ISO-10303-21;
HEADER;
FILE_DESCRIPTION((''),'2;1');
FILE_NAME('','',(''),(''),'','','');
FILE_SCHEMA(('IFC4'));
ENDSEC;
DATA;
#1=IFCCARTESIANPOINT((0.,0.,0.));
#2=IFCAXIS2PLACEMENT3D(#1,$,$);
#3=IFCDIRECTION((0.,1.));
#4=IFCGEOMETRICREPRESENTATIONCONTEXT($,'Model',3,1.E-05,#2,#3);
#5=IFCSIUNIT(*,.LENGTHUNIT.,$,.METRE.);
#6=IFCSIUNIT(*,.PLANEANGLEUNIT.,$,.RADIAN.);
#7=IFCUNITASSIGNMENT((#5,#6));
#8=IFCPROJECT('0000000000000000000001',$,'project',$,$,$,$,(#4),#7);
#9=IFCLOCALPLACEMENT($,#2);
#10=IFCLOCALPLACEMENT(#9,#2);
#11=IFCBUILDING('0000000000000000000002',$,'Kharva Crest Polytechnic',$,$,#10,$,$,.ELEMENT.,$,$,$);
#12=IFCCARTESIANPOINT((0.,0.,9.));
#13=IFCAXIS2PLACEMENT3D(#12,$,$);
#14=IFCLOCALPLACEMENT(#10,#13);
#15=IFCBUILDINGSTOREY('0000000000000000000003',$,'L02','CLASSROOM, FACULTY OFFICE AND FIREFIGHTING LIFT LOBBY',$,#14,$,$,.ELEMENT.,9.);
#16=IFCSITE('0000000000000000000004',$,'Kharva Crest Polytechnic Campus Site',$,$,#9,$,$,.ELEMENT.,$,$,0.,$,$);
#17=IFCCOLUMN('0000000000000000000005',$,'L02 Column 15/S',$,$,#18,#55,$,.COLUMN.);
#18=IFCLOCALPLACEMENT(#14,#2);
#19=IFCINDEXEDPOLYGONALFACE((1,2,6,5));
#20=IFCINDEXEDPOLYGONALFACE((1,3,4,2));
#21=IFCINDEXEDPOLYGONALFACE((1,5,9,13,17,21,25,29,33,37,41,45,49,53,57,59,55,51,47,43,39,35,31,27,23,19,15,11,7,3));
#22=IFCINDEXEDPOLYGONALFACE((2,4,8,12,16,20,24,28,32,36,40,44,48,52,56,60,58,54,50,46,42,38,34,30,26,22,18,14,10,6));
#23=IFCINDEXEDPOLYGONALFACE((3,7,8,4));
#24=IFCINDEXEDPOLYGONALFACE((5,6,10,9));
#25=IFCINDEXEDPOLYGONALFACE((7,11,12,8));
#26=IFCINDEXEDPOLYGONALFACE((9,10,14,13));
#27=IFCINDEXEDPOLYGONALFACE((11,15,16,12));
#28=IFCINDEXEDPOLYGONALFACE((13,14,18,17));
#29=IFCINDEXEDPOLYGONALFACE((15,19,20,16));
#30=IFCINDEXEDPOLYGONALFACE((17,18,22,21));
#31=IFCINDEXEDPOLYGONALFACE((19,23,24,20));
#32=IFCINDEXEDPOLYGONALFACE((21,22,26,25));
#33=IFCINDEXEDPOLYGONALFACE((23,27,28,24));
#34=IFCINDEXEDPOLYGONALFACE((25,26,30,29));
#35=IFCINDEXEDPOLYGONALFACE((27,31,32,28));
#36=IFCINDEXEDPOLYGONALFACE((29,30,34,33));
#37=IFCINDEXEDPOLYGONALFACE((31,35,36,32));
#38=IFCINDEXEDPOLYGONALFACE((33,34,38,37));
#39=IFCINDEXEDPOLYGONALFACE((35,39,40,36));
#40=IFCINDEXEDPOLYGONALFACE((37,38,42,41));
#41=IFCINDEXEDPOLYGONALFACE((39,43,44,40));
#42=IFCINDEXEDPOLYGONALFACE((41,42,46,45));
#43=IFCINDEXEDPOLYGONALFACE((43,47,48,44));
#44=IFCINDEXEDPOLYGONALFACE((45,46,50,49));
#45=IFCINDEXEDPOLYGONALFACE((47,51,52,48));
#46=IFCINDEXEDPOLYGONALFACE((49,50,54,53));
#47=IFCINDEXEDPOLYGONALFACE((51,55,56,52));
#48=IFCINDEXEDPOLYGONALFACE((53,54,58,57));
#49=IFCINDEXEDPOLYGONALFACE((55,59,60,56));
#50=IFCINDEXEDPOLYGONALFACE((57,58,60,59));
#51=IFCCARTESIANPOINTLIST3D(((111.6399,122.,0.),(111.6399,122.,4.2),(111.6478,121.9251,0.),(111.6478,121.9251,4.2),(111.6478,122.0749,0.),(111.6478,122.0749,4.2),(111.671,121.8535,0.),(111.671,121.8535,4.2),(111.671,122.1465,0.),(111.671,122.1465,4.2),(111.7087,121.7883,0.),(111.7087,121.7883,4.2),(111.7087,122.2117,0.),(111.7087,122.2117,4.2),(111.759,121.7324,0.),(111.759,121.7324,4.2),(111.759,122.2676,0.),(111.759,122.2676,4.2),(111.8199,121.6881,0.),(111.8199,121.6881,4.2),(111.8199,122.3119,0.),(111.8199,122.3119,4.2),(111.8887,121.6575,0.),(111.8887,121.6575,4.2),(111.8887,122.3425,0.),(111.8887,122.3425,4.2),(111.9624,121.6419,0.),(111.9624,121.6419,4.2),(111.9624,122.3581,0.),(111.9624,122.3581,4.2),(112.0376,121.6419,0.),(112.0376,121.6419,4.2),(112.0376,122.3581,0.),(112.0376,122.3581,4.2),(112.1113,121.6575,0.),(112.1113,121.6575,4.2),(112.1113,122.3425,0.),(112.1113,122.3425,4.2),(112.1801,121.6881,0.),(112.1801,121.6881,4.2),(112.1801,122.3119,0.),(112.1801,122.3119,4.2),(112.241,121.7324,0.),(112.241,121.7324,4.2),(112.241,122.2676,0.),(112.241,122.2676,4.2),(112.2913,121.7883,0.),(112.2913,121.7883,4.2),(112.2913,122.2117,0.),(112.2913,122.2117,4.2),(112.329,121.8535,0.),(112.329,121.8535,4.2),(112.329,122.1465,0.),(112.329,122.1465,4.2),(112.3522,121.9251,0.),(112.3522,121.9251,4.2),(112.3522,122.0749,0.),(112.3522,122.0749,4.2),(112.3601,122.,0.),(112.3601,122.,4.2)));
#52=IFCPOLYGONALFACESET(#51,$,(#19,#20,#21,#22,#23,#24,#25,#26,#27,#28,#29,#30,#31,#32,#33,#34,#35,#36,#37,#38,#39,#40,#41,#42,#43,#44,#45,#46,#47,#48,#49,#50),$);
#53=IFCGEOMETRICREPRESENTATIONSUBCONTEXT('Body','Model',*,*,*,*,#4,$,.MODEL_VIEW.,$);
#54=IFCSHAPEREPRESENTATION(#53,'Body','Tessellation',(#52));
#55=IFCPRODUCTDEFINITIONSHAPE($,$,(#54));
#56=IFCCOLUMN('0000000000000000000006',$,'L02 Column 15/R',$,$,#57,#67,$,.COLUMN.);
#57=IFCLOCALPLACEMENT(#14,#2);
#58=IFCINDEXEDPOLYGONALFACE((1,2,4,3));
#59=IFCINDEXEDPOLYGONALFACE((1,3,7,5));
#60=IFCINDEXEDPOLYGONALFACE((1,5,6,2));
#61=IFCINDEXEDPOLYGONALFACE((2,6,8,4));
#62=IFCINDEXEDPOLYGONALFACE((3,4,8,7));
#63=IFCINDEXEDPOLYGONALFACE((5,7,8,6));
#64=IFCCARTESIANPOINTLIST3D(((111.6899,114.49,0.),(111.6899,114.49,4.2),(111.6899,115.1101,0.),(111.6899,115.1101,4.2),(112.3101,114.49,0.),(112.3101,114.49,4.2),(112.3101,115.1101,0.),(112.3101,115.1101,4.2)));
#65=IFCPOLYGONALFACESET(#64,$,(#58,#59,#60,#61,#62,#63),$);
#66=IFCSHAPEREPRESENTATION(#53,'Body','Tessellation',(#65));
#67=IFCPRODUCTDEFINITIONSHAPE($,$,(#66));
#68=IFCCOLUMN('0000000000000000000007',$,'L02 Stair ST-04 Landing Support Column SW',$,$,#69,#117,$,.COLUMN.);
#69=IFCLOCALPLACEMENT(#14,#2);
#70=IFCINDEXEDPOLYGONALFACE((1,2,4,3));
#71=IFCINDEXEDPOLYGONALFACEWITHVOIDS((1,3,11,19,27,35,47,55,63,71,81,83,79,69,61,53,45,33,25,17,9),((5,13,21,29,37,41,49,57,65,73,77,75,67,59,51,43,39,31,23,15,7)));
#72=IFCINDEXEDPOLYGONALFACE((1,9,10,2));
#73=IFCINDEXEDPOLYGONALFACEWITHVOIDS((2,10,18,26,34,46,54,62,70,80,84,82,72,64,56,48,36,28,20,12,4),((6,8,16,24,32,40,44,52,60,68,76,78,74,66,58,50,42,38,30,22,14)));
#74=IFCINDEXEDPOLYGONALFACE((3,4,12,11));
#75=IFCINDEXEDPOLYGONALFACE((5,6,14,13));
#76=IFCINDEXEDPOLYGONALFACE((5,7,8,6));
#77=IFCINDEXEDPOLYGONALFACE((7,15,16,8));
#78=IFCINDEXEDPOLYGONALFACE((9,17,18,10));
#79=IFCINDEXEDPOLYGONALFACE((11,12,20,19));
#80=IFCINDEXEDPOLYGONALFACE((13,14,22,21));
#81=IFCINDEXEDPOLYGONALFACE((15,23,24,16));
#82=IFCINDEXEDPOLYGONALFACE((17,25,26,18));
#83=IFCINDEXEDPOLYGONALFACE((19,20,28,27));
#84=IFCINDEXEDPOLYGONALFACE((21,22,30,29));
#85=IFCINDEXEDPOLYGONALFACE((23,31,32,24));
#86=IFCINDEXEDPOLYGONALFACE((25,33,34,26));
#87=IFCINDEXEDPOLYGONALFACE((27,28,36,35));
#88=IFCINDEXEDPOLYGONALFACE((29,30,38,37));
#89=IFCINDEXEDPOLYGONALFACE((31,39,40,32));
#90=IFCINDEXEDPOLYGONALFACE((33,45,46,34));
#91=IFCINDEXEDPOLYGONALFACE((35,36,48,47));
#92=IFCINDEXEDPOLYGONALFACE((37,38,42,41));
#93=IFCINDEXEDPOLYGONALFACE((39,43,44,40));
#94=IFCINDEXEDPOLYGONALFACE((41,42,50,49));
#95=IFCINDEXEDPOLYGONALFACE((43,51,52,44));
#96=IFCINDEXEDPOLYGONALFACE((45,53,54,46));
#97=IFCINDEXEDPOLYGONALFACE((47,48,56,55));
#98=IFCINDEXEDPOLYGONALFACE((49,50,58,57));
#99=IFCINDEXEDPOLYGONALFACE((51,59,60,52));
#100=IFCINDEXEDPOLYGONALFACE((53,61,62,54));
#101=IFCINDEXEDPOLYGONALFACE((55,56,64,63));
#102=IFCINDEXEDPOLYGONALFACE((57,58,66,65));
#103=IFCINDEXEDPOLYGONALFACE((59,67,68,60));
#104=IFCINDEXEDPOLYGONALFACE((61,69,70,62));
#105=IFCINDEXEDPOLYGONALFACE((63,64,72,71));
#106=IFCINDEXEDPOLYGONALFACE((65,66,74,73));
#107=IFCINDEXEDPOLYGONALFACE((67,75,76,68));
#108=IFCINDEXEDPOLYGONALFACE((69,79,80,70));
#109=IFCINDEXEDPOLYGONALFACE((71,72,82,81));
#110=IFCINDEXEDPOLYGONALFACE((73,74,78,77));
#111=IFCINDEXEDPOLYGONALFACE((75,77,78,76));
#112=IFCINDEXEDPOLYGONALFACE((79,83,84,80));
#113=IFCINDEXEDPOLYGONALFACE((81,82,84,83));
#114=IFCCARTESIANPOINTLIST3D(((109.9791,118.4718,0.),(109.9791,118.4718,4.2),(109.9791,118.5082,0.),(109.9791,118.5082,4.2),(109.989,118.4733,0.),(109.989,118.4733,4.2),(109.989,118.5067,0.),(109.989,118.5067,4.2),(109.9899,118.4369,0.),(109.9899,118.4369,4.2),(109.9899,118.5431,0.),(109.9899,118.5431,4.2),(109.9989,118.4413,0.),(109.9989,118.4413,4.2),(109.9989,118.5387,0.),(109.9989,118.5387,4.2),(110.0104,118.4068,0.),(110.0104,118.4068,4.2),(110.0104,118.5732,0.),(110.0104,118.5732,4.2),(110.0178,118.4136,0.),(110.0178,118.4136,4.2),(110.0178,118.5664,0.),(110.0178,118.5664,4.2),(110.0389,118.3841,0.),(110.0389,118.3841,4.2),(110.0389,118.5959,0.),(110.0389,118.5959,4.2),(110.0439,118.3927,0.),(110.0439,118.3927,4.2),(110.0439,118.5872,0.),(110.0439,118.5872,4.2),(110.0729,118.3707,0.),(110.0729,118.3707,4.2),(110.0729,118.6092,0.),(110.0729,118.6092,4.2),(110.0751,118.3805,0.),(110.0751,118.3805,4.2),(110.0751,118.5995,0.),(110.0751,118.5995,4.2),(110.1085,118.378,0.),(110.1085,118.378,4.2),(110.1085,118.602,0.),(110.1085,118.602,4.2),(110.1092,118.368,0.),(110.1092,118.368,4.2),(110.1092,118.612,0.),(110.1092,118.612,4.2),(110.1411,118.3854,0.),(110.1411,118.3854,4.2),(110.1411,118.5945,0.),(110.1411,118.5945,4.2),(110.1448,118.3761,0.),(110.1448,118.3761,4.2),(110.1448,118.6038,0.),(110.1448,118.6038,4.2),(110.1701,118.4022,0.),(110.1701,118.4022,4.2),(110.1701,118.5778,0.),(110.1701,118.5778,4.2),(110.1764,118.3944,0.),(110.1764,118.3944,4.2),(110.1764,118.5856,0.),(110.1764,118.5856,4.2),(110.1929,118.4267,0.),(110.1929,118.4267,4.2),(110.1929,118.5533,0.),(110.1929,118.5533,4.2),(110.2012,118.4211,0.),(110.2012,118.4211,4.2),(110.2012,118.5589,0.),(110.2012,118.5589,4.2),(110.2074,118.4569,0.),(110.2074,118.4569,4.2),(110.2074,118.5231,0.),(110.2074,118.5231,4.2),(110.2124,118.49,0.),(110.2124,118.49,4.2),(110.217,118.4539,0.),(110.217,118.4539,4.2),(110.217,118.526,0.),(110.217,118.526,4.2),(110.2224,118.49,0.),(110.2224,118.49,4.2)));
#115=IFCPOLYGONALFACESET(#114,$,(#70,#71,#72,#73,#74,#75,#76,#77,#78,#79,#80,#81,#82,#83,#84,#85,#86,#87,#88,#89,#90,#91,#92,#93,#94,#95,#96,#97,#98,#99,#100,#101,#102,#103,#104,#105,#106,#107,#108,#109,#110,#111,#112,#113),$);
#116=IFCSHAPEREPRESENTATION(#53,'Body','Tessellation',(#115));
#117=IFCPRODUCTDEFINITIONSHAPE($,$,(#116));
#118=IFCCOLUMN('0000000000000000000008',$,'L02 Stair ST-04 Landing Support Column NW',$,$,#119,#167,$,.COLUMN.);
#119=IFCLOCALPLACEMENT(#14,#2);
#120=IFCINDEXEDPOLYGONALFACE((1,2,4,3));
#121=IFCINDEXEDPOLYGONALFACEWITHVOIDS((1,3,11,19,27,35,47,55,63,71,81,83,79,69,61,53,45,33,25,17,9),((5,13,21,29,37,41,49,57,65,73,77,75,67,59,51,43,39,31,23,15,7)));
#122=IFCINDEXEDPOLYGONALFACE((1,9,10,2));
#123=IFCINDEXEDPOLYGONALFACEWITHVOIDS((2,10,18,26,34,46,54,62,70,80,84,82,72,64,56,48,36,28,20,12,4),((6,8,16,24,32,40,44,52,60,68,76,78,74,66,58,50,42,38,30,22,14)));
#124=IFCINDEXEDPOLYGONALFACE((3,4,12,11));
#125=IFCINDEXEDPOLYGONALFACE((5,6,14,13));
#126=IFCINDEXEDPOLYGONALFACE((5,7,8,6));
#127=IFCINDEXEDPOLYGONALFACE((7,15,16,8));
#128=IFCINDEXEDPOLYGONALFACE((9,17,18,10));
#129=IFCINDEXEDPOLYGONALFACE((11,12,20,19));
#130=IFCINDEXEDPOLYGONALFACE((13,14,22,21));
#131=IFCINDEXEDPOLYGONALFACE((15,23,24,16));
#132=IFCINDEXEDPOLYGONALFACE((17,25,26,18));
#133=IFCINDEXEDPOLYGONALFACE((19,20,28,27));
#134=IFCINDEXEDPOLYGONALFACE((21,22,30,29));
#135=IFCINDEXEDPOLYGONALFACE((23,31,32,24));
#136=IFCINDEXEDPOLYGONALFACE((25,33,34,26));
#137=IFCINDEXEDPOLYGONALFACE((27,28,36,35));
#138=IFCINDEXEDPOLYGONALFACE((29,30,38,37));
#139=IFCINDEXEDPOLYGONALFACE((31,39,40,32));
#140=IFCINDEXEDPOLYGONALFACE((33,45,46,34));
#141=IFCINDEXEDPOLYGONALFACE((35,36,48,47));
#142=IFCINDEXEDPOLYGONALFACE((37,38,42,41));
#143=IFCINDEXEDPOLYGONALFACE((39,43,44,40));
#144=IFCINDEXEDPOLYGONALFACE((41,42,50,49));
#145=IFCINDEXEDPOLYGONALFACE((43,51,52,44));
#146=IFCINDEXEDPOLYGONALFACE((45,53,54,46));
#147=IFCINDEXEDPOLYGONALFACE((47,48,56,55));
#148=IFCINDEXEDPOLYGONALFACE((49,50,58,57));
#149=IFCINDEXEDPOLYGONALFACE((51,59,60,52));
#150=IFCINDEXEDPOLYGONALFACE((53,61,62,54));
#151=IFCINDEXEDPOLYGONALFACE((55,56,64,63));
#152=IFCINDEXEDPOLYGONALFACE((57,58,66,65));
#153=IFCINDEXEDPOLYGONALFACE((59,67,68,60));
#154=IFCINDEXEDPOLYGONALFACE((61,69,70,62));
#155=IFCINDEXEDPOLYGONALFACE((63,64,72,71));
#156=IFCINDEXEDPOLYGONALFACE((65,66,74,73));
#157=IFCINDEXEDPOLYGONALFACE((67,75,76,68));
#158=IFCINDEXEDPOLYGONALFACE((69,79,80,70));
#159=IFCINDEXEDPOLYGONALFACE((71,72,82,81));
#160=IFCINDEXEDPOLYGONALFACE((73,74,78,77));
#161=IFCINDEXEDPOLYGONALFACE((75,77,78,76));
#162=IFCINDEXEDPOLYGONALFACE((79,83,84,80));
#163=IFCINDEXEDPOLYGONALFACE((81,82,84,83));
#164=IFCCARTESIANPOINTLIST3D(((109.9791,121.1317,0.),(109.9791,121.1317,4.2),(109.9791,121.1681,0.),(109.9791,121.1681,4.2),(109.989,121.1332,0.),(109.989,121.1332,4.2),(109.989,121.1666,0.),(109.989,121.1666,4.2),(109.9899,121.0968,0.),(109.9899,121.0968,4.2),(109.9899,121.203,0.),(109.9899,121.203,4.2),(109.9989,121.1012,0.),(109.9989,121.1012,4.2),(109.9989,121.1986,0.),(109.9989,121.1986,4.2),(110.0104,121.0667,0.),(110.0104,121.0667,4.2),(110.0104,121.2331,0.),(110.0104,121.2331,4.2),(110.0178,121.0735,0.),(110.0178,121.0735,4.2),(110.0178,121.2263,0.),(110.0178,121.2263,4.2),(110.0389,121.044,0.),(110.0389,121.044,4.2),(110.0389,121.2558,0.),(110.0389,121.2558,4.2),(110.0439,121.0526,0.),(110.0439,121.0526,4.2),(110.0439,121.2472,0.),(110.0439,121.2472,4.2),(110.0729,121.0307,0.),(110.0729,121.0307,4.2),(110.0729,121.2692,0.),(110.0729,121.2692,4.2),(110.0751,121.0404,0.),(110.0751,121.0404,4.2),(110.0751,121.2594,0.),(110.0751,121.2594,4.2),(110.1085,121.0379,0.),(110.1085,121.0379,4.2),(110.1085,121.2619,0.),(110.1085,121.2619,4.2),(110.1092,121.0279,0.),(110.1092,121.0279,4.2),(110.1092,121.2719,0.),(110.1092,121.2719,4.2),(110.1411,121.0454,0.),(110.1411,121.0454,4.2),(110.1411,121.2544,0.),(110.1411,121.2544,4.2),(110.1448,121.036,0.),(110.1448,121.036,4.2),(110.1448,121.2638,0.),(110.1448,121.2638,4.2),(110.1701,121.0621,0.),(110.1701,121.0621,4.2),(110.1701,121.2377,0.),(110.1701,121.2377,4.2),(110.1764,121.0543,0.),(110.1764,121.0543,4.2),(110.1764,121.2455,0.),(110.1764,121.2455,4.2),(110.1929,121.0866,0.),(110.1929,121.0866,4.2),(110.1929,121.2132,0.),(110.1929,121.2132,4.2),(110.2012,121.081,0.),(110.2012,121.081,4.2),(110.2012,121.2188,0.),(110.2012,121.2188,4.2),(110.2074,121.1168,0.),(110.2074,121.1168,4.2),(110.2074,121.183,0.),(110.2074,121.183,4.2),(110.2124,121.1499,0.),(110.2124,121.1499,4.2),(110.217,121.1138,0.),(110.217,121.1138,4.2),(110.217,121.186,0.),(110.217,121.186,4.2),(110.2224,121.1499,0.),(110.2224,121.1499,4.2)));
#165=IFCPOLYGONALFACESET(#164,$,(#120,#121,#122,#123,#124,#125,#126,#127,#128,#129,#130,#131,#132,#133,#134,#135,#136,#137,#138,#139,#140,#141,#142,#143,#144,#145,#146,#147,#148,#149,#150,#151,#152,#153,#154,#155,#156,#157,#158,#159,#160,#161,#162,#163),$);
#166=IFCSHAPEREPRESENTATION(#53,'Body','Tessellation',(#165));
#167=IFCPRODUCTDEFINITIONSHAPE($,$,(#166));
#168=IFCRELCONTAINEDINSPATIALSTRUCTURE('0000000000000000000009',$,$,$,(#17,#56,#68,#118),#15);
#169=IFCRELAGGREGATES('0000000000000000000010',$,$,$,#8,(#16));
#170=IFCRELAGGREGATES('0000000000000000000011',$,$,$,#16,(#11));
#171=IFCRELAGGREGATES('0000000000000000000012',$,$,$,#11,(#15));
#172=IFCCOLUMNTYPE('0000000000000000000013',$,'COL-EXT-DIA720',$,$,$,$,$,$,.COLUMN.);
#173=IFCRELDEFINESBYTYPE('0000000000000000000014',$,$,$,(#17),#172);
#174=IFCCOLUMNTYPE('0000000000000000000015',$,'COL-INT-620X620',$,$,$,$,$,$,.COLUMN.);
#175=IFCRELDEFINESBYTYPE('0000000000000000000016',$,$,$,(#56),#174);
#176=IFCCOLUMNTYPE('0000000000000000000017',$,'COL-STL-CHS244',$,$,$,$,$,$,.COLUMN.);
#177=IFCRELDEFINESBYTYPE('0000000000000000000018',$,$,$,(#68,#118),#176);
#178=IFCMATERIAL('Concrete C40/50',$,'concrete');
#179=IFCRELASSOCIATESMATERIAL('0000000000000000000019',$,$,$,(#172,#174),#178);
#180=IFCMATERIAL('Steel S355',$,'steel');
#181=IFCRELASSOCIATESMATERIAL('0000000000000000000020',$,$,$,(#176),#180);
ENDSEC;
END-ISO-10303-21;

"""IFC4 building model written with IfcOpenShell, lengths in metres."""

from ifc_helpers import new_model, si_unit, direction, frame, origin, origin_2d, place, context, subcontext, project, spatial, rectangle, circle, hollow_circle, extrude, material, material_profile, profile_set, type_object, element, save


model = new_model("IFC4")

# Units and contexts
model_context = context("Model", 3, precision=1e-05, world=origin(), true_north=direction((0.0, 1.0)))
body_context = subcontext(model_context, "Body", "Model", "MODEL_VIEW")
ifc_project = project(units=[si_unit("LENGTHUNIT", "METRE"), si_unit("PLANEANGLEUNIT", "RADIAN")], contexts=[model_context])

# Site, building, storey
site_placement = place(None, origin())
site = spatial("IfcSite", under=ifc_project, at=site_placement, Name="Kharva Crest Polytechnic Campus Site", CompositionType="ELEMENT", RefElevation=0.0)
building_placement = place(site_placement, origin())
building = spatial("IfcBuilding", under=site, at=building_placement, Name="Kharva Crest Polytechnic", CompositionType="ELEMENT")
storey_placement = place(building_placement, frame((0.0, 0.0, 9.0)))
storey = spatial("IfcBuildingStorey", under=building, at=storey_placement, Name="L02", Description="CLASSROOM, FACULTY OFFICE AND FIREFIGHTING LIFT LOBBY", CompositionType="ELEMENT", Elevation=9.0)

# Columns
ifc_material_1 = material(Name="Concrete C40/50", Category="concrete")
ifc_material_profile_1 = material_profile(ifc_material_1, circle(Radius=0.3601, at=origin_2d()), Name="DIA 720")
ifc_profile_set_1 = profile_set([ifc_material_profile_1], Name="Concrete C40/50")
column_type_1 = type_object("IfcColumnType", Name="COL-EXT-DIA720", PredefinedType="COLUMN", material=ifc_profile_set_1)
column_1_placement = place(storey_placement, frame((112.0, 122.0, 0.0), z_axis=(0.0, 0.0, 1.0), x_axis=(1.0, 0.0, 0.0)))
element("IfcColumn", 1, at=column_1_placement, inside=storey, type_object=column_type_1, Name="L02 Column 15/S", PredefinedType="COLUMN", context=body_context, shape_type="SweptSolid", body=[
    extrude(circle(Radius=0.3601, at=origin_2d()), origin(), (0.0, 0.0, 1.0), 4.2),
])
ifc_material_profile_2 = material_profile(ifc_material_1, rectangle(XDim=0.6201, YDim=0.6201, at=origin_2d()), Name="RECT 620 X 620")
ifc_profile_set_2 = profile_set([ifc_material_profile_2], Name="Concrete C40/50")
column_type_2 = type_object("IfcColumnType", Name="COL-INT-620X620", PredefinedType="COLUMN", material=ifc_profile_set_2)
column_2_placement = place(storey_placement, frame((112.0, 114.8, 0.0), z_axis=(0.0, 0.0, 1.0), x_axis=(1.0, 0.0, 0.0)))
element("IfcColumn", 2, at=column_2_placement, inside=storey, type_object=column_type_2, Name="L02 Column 15/R", PredefinedType="COLUMN", context=body_context, shape_type="SweptSolid", body=[
    extrude(rectangle(XDim=0.6201, YDim=0.6201, at=origin_2d()), origin(), (0.0, 0.0, 1.0), 4.2),
])
ifc_material_2 = material(Name="Steel S355", Category="steel")
ifc_material_profile_3 = material_profile(ifc_material_2, hollow_circle(Radius=0.1223, WallThickness=0.01, at=origin_2d()), Name="CHS 244.5X10.0")
ifc_profile_set_3 = profile_set([ifc_material_profile_3], Name="Steel S355")
column_type_3 = type_object("IfcColumnType", Name="COL-STL-CHS244", PredefinedType="COLUMN", material=ifc_profile_set_3)
for number, where, z_axis, x_axis, name in (
    (3, (110.1001, 118.49, 0.0), (0.0, 0.0, 1.0), (1.0, 0.0, 0.0), "L02 Stair ST-04 Landing Support Column SW"),
    (4, (110.1001, 121.1499, 0.0), (0.0, 0.0, 1.0), (1.0, 0.0, 0.0), "L02 Stair ST-04 Landing Support Column NW"),
):
    element("IfcColumn", number, at=place(storey_placement, frame(where, z_axis=z_axis, x_axis=x_axis)), inside=storey, type_object=column_type_3, Name=name, PredefinedType="COLUMN", context=body_context, shape_type="SweptSolid", body=[
        extrude(hollow_circle(Radius=0.1223, WallThickness=0.01, at=origin_2d()), origin(), (0.0, 0.0, 1.0), 4.2),
    ])

save(model, "model.ifc")
